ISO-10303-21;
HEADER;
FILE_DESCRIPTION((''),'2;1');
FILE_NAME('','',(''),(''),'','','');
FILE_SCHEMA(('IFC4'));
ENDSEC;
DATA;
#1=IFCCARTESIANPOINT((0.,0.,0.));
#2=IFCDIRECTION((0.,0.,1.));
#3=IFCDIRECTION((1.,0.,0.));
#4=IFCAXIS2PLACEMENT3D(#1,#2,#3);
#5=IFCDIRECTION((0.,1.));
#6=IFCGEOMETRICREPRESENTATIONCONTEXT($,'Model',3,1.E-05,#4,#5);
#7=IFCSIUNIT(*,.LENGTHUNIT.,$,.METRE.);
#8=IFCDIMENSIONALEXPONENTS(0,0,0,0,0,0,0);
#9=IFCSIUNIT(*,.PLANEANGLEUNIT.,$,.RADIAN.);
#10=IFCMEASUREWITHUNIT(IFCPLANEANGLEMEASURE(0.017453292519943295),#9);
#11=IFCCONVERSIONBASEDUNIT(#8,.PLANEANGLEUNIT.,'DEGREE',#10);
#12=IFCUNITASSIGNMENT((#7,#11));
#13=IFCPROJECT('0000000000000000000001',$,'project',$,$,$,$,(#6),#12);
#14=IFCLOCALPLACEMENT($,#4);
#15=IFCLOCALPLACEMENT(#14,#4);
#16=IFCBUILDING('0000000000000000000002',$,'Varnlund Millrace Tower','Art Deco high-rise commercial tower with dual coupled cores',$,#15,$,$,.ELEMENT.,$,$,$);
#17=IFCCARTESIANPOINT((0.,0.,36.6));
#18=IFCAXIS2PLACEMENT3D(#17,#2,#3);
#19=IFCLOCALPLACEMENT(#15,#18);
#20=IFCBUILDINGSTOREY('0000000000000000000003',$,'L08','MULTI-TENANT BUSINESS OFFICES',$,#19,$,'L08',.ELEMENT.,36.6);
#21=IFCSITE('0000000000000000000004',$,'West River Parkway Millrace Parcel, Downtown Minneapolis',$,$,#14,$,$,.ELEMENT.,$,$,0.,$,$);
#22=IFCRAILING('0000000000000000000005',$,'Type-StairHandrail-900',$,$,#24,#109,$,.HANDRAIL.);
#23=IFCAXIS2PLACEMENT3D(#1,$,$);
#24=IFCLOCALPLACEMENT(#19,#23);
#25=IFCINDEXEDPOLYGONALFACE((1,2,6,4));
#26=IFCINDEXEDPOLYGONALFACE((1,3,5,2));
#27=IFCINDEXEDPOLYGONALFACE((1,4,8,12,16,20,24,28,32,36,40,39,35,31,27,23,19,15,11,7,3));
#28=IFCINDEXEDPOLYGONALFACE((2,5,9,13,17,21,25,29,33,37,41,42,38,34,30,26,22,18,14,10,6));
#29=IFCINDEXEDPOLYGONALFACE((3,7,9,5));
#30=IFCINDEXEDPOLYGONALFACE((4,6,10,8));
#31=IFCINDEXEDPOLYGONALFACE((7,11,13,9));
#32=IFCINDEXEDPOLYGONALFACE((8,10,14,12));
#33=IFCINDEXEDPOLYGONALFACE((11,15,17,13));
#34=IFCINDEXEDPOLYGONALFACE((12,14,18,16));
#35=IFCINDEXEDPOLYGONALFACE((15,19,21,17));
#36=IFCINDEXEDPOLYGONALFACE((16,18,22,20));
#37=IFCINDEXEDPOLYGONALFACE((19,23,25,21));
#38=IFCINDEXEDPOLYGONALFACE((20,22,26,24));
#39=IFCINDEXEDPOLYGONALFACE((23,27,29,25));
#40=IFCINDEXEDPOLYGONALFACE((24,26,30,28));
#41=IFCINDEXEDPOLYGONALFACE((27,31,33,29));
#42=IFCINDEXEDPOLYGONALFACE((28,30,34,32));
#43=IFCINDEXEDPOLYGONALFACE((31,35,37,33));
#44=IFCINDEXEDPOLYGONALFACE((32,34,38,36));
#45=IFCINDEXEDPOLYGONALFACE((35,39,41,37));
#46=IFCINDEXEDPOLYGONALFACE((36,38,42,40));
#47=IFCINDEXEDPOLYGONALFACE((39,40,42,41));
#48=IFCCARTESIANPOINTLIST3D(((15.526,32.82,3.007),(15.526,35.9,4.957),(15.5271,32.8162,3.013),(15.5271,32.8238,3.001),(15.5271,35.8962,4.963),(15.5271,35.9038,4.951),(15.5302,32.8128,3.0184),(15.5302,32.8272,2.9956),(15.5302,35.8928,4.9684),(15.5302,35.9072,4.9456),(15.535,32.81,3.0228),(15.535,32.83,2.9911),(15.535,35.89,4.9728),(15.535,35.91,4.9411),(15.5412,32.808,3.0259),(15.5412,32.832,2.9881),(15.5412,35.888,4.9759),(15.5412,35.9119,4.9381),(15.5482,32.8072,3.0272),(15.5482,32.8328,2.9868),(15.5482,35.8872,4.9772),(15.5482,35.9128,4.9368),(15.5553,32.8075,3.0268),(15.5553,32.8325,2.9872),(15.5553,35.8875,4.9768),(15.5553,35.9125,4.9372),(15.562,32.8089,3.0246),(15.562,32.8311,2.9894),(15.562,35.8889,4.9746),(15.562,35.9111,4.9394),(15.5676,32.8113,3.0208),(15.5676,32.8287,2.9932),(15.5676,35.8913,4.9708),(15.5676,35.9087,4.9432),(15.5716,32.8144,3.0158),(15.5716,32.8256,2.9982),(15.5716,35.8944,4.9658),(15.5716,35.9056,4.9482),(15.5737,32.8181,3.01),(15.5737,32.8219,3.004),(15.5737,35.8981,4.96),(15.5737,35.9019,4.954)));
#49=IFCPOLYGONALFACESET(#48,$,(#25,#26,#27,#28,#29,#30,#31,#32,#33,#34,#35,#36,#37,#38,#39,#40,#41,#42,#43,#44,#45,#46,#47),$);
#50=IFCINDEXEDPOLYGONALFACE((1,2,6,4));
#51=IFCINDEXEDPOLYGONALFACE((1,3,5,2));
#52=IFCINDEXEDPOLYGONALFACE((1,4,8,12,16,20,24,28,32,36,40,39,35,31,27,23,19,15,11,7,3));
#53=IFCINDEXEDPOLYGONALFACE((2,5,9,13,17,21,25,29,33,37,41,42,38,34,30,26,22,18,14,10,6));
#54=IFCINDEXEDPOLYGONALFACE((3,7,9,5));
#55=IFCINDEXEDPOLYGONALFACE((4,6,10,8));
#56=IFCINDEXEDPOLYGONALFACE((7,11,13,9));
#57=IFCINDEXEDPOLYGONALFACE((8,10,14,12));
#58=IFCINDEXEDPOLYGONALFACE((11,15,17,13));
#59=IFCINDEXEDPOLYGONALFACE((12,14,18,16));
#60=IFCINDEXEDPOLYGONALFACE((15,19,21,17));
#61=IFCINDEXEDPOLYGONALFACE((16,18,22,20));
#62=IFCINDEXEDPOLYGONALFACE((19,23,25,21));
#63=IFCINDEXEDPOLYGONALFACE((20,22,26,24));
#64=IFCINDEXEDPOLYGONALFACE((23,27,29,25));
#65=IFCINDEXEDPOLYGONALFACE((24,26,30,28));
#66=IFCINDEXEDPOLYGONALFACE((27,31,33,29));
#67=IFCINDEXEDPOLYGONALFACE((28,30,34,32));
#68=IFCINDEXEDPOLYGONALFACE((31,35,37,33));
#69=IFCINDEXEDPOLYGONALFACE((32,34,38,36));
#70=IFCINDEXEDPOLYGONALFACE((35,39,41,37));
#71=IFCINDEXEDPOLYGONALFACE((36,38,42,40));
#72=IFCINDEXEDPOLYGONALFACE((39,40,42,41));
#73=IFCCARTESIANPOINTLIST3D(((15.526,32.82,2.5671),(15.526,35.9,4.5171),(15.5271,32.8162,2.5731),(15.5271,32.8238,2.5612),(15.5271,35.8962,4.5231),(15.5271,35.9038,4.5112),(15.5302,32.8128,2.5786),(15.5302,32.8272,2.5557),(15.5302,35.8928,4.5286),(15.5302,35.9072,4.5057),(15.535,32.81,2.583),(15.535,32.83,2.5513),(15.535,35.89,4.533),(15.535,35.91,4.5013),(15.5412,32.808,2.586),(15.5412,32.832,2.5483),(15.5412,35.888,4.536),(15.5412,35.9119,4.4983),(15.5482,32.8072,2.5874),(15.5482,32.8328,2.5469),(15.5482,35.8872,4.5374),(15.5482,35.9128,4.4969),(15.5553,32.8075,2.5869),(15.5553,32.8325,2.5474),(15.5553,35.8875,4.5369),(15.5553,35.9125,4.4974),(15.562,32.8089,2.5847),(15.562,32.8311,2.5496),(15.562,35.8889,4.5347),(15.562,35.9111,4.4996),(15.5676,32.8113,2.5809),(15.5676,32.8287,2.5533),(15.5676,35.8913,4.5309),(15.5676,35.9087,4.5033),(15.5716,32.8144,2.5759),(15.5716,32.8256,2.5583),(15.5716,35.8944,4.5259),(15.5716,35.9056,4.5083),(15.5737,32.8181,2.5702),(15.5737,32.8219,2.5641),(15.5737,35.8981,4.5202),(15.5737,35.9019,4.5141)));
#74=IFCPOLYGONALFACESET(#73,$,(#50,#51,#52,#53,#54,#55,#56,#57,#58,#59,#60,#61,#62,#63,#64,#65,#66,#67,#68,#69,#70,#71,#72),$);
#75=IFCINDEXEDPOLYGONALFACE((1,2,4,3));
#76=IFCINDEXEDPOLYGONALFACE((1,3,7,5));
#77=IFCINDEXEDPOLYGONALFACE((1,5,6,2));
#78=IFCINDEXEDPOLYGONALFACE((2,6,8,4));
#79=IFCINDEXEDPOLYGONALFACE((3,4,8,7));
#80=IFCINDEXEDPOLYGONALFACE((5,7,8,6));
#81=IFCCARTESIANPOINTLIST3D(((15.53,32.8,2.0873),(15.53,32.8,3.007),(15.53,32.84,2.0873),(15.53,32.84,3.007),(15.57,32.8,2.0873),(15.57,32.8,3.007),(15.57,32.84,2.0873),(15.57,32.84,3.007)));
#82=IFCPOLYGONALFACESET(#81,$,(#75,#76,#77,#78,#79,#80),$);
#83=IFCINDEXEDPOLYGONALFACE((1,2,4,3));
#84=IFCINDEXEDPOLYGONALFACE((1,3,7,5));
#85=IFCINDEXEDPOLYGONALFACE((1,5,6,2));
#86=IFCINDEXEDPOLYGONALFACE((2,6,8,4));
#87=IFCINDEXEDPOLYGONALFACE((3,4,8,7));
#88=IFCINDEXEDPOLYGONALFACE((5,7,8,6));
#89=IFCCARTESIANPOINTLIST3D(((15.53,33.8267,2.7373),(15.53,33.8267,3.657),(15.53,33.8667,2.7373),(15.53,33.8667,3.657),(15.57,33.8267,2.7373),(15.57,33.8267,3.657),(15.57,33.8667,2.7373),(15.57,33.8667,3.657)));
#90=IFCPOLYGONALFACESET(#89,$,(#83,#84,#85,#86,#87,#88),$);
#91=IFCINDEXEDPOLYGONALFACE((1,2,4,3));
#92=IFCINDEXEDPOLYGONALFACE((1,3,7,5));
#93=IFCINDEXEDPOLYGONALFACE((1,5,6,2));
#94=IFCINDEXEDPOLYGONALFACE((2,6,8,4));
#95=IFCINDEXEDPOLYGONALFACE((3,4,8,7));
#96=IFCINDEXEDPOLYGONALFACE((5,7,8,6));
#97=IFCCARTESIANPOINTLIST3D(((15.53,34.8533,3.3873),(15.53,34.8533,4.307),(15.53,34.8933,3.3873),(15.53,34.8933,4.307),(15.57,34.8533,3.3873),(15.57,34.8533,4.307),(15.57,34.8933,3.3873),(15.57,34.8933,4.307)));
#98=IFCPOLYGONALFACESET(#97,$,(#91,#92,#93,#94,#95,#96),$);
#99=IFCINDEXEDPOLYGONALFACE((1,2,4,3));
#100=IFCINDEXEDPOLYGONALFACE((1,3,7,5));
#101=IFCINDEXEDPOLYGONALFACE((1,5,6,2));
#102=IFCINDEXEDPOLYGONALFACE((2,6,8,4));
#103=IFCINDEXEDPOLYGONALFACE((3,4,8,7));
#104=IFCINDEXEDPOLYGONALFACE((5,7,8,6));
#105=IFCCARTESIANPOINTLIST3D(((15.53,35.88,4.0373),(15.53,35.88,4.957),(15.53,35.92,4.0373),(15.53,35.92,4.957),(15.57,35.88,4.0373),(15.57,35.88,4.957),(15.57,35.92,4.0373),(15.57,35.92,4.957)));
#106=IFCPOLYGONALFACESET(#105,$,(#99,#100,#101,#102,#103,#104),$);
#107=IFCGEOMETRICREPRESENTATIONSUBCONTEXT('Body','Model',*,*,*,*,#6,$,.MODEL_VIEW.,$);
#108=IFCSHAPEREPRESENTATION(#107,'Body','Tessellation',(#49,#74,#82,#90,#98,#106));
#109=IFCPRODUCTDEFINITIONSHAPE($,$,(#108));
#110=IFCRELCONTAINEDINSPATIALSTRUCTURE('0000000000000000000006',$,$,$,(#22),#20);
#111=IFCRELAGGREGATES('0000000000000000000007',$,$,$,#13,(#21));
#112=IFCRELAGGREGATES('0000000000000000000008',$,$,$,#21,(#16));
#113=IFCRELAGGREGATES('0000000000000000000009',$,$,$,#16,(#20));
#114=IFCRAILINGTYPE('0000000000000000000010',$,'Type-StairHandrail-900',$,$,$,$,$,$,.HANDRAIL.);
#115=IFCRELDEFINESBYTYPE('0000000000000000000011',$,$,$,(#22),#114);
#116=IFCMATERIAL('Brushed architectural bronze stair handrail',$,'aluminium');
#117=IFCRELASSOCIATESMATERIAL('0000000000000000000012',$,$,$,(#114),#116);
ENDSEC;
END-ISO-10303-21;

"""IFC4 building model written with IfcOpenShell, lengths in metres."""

from ifc_helpers import new_model, entity, si_unit, converted_unit, direction, frame, origin_with_axes, origin_2d_with_axis, place, context, subcontext, project, spatial, rectangle, circle, extrude, material, type_object, element, save


model = new_model("IFC4")

# Units and contexts
model_context = context("Model", 3, precision=1e-05, world=origin_with_axes(), true_north=direction((0.0, 1.0)))
body_context = subcontext(model_context, "Body", "Model", "MODEL_VIEW")
ifc_project = project(units=[si_unit("LENGTHUNIT", "METRE"), converted_unit("PLANEANGLEUNIT", "DEGREE", entity("IfcPlaneAngleMeasure", 0.017453292519943295), si_unit("PLANEANGLEUNIT", "RADIAN"), dimensions=[0, 0, 0, 0, 0, 0, 0])], contexts=[model_context])

# Site, building, storey
site_placement = place(None, origin_with_axes())
site = spatial("IfcSite", under=ifc_project, at=site_placement, Name="West River Parkway Millrace Parcel, Downtown Minneapolis", CompositionType="ELEMENT", RefElevation=0.0)
building_placement = place(site_placement, origin_with_axes())
building = spatial("IfcBuilding", under=site, at=building_placement, Name="Varnlund Millrace Tower", Description="Art Deco high-rise commercial tower with dual coupled cores", CompositionType="ELEMENT")
storey_placement = place(building_placement, frame((0.0, 0.0, 36.6), z_axis=(0.0, 0.0, 1.0), x_axis=(1.0, 0.0, 0.0)))
storey = spatial("IfcBuildingStorey", under=building, at=storey_placement, Name="L08", Description="MULTI-TENANT BUSINESS OFFICES", LongName="L08", CompositionType="ELEMENT", Elevation=36.6)

# Railing
ifc_material_1 = material(Name="Brushed architectural bronze stair handrail", Category="aluminium")
railing_type_1 = type_object("IfcRailingType", Name="Type-StairHandrail-900", PredefinedType="HANDRAIL", material=ifc_material_1)
railing_1_placement = place(storey_placement, frame((0.0, 0.0, -36.6), z_axis=(0.0, 0.0, 1.0), x_axis=(1.0, 0.0, 0.0)))
element("IfcRailing", 1, at=railing_1_placement, inside=storey, type_object=railing_type_1, Name="Type-StairHandrail-900", PredefinedType="HANDRAIL", context=body_context, shape_type="SweptSolid", body=[
    extrude(circle(Radius=0.024, at=origin_2d_with_axis()), frame((15.55, 32.82, 39.607), z_axis=(0.0, 0.844902, 0.534922), x_axis=(-1.0, 0.0, 0.0)), (0.0, 0.0, 1.0), 3.6454),
    extrude(circle(Radius=0.024, at=origin_2d_with_axis()), frame((15.55, 32.82, 39.1671), z_axis=(0.0, 0.844902, 0.534922), x_axis=(-1.0, 0.0, 0.0)), (0.0, 0.0, 1.0), 3.6454),
    extrude(rectangle(XDim=0.04, YDim=0.04, at=origin_2d_with_axis()), frame((15.55, 32.82, 38.6873), z_axis=(0.0, 0.0, 1.0), x_axis=(1.0, 0.0, 0.0)), (0.0, 0.0, 1.0), 0.9197),
    extrude(rectangle(XDim=0.04, YDim=0.04, at=origin_2d_with_axis()), frame((15.55, 33.8467, 39.3373), z_axis=(0.0, 0.0, 1.0), x_axis=(1.0, 0.0, 0.0)), (0.0, 0.0, 1.0), 0.9197),
    extrude(rectangle(XDim=0.04, YDim=0.04, at=origin_2d_with_axis()), frame((15.55, 34.8733, 39.9873), z_axis=(0.0, 0.0, 1.0), x_axis=(1.0, 0.0, 0.0)), (0.0, 0.0, 1.0), 0.9197),
    extrude(rectangle(XDim=0.04, YDim=0.04, at=origin_2d_with_axis()), frame((15.55, 35.9, 40.6373), z_axis=(0.0, 0.0, 1.0), x_axis=(1.0, 0.0, 0.0)), (0.0, 0.0, 1.0), 0.9197),
])

save(model, "model.ifc")
